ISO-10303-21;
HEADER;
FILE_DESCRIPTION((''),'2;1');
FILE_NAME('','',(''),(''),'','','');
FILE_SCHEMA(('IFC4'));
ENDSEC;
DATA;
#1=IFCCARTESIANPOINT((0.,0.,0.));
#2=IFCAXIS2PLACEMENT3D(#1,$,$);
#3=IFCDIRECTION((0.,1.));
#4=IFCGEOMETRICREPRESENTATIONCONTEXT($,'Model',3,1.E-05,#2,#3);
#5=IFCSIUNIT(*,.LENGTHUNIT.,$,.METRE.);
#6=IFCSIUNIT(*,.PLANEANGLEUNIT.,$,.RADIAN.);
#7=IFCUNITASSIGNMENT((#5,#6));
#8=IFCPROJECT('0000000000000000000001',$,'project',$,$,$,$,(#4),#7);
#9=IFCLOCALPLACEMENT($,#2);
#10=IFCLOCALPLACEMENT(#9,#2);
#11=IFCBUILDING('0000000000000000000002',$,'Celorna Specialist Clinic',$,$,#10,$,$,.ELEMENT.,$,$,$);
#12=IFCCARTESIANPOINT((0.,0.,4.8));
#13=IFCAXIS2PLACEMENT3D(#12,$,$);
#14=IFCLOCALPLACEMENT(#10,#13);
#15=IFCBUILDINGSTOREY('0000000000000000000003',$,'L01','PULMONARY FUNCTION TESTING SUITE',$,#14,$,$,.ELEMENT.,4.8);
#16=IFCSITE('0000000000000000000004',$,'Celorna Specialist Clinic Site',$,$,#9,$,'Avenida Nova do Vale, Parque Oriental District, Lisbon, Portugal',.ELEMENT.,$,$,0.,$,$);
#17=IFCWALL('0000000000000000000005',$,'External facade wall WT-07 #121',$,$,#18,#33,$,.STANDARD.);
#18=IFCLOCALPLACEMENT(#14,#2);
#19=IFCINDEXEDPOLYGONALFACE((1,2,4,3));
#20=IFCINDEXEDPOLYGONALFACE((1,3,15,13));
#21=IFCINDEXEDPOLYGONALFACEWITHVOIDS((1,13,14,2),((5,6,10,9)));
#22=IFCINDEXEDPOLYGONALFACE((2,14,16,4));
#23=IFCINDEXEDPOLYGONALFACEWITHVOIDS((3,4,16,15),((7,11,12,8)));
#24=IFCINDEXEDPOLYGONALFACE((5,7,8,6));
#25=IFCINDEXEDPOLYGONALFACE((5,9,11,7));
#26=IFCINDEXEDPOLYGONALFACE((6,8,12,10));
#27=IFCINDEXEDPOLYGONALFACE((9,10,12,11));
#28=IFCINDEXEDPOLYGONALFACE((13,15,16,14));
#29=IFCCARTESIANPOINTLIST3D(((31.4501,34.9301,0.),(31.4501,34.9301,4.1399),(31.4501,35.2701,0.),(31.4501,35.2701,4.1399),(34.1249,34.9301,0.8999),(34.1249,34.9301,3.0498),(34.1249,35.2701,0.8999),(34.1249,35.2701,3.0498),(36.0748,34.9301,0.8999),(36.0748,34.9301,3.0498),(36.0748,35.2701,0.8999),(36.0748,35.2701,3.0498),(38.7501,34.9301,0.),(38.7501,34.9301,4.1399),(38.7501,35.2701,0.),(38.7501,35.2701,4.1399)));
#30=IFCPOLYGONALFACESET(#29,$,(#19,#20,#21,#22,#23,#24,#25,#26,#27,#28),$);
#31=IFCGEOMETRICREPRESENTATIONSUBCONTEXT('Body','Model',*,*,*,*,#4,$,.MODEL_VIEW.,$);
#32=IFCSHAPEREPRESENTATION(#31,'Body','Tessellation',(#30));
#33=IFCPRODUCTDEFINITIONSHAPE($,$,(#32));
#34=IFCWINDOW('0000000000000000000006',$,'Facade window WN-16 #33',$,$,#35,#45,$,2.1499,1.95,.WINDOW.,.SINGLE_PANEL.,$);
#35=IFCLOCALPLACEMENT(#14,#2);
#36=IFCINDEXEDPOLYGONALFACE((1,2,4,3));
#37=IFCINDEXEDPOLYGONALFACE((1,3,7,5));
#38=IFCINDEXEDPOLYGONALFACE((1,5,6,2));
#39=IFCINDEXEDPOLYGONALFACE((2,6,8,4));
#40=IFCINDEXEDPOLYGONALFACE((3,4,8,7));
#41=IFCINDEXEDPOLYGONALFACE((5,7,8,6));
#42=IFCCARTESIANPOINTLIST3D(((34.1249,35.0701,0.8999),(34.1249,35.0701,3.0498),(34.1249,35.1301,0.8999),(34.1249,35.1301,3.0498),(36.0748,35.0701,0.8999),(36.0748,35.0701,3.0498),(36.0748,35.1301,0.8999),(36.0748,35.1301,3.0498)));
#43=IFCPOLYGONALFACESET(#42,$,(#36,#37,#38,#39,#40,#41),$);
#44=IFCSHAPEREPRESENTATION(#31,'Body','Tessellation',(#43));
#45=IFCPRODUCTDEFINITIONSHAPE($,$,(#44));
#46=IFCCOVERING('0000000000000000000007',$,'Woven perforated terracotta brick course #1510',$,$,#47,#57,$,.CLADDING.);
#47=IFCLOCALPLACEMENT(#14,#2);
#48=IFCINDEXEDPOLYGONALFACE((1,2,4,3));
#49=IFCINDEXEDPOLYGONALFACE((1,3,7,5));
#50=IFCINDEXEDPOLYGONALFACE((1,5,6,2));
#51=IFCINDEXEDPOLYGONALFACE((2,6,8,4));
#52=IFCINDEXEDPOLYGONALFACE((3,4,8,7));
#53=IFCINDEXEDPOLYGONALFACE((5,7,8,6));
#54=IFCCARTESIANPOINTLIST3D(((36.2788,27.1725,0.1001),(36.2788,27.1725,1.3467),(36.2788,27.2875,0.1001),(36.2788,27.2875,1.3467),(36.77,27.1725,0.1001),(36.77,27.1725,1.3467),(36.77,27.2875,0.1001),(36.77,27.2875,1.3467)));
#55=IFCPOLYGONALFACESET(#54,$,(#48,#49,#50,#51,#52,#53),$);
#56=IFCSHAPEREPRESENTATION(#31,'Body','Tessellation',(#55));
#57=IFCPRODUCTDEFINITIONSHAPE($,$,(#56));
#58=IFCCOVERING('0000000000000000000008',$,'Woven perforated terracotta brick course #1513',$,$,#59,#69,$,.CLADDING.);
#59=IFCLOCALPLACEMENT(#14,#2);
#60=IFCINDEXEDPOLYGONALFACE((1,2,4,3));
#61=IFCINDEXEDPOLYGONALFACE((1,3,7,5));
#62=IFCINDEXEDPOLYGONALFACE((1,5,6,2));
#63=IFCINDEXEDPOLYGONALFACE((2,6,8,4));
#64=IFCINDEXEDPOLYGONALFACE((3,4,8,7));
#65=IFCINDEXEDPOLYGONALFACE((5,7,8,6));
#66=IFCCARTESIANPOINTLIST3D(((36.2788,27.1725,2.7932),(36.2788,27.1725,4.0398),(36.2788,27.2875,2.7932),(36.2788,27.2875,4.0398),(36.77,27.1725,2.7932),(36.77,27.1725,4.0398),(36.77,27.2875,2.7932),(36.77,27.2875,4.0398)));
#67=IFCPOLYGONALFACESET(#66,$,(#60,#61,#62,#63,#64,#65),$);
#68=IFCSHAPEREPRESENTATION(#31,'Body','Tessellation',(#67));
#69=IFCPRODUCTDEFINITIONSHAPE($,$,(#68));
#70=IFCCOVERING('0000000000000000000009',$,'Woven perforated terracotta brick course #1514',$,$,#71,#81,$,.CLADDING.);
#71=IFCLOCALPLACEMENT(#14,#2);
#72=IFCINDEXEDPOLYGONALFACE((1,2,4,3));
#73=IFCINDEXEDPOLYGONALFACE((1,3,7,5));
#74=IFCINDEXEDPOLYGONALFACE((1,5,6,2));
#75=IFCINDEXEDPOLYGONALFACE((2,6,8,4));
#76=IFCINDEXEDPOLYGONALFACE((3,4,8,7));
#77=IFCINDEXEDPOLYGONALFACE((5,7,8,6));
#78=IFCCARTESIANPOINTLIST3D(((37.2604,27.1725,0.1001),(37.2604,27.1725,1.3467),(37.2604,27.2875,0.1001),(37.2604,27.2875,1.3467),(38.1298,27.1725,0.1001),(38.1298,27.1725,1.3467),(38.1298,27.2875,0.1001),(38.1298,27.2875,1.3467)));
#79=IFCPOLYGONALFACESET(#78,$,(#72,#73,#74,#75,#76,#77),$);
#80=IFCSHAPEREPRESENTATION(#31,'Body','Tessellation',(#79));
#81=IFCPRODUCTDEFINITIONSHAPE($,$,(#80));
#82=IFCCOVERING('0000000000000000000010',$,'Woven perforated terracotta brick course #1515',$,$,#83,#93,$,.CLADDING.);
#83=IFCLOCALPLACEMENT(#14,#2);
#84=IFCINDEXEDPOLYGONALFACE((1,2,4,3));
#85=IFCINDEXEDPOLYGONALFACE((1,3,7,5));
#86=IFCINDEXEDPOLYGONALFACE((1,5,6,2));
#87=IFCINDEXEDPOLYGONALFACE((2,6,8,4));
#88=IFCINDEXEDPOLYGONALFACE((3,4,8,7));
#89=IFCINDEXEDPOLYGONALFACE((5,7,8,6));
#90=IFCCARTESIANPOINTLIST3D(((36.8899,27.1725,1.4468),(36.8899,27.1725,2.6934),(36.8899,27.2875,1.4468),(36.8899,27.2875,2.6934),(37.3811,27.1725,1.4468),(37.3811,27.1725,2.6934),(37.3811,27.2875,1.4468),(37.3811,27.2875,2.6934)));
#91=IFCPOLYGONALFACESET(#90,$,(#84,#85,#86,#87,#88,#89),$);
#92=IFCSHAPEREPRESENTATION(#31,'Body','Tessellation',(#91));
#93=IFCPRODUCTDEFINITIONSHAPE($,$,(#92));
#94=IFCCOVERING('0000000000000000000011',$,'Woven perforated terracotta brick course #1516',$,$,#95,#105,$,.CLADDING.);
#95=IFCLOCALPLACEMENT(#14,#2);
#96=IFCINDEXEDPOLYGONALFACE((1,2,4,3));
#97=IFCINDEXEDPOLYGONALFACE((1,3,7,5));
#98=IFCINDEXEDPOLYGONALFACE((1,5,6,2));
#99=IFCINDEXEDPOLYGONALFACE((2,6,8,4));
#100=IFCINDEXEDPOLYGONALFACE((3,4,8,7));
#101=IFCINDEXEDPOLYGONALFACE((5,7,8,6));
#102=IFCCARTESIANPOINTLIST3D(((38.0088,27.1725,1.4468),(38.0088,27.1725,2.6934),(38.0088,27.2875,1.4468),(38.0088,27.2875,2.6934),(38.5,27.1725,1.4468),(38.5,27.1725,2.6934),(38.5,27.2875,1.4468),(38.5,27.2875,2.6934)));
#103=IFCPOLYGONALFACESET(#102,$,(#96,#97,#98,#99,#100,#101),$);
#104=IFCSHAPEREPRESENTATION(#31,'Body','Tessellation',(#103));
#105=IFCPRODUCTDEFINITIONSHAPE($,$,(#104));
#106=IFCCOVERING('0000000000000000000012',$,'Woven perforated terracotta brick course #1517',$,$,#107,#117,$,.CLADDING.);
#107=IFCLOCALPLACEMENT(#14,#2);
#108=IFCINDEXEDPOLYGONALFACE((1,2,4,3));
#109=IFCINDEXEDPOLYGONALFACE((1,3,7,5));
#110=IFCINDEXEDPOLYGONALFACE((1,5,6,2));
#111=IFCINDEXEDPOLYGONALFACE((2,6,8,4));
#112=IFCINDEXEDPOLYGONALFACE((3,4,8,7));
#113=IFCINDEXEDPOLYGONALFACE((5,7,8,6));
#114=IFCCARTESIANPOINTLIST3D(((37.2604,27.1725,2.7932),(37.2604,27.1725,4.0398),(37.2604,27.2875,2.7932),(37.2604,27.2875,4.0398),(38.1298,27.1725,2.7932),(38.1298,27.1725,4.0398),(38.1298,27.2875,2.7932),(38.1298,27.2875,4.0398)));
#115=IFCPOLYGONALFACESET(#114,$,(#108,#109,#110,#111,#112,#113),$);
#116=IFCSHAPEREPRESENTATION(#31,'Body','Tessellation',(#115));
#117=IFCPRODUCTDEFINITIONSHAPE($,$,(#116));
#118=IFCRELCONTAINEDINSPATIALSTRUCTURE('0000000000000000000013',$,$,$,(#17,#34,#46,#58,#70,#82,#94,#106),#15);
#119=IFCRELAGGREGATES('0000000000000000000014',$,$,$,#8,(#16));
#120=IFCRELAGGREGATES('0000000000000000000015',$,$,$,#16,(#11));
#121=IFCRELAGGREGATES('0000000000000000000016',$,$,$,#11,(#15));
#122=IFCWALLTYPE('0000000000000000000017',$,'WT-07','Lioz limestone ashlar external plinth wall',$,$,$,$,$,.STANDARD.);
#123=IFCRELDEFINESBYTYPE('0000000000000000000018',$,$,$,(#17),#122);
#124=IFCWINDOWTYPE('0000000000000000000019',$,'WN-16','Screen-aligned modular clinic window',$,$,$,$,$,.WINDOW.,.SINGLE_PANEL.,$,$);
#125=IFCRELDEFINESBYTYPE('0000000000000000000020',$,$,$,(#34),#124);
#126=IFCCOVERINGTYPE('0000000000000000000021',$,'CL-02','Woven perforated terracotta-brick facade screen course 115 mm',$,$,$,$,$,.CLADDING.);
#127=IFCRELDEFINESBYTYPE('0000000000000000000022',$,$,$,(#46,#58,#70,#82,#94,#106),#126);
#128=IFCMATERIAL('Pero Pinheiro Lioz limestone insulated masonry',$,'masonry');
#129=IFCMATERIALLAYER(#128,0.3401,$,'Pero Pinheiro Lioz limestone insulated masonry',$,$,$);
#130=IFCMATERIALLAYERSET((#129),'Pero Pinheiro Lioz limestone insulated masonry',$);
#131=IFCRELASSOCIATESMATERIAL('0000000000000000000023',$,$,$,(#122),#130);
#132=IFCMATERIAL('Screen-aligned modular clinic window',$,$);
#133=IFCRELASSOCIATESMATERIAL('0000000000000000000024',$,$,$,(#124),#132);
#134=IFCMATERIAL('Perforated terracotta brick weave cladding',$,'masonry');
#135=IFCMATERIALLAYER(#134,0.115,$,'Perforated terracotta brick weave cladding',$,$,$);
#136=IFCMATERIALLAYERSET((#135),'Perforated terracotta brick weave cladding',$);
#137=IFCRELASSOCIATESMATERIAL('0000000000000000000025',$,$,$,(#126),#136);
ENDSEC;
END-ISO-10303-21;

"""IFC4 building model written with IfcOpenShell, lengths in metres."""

from ifc_helpers import new_model, si_unit, direction, frame, frame_2d, origin, origin_2d, place, context, subcontext, project, spatial, rectangle, extrude, material, layer, layer_set, type_object, element, fill, save


model = new_model("IFC4")

# Units and contexts
model_context = context("Model", 3, precision=1e-05, world=origin(), true_north=direction((0.0, 1.0)))
body_context = subcontext(model_context, "Body", "Model", "MODEL_VIEW")
ifc_project = project(units=[si_unit("LENGTHUNIT", "METRE"), si_unit("PLANEANGLEUNIT", "RADIAN")], contexts=[model_context])

# Site, building, storey
site_placement = place(None, origin())
site = spatial("IfcSite", under=ifc_project, at=site_placement, Name="Celorna Specialist Clinic Site", LongName="Avenida Nova do Vale, Parque Oriental District, Lisbon, Portugal", CompositionType="ELEMENT", RefElevation=0.0)
building_placement = place(site_placement, origin())
building = spatial("IfcBuilding", under=site, at=building_placement, Name="Celorna Specialist Clinic", CompositionType="ELEMENT")
storey_placement = place(building_placement, frame((0.0, 0.0, 4.8)))
storey = spatial("IfcBuildingStorey", under=building, at=storey_placement, Name="L01", Description="PULMONARY FUNCTION TESTING SUITE", CompositionType="ELEMENT", Elevation=4.8)

# Wall, opening, window
ifc_material_1 = material(Name="Pero Pinheiro Lioz limestone insulated masonry", Category="masonry")
ifc_layer_1 = layer(ifc_material_1, 0.3401, Name="Pero Pinheiro Lioz limestone insulated masonry")
ifc_layer_set_1 = layer_set([ifc_layer_1], Name="Pero Pinheiro Lioz limestone insulated masonry")
wall_type = type_object("IfcWallType", Name="WT-07", Description="Lioz limestone ashlar external plinth wall", PredefinedType="STANDARD", material=ifc_layer_set_1)
wall_placement = place(storey_placement, frame((38.75, 35.1001, 0.0), z_axis=(0.0, 0.0, 1.0), x_axis=(-1.0, 0.0, 0.0)))
wall = element("IfcWall", 1, at=wall_placement, inside=storey, type_object=wall_type, Name="External facade wall WT-07 #121", PredefinedType="STANDARD", context=body_context, shape_type="SweptSolid", body=[
    extrude(rectangle(XDim=7.3, YDim=0.3401, at=frame_2d((3.6499, 0.0))), origin(), (0.0, 0.0, 1.0), 4.1399),
])
opening_placement = place(wall_placement, frame((2.675, 0.0, 0.8999)))
opening = element("IfcOpeningElement", 2, at=opening_placement, cuts=wall, PredefinedType="OPENING", context=body_context, shape_type="SweptSolid", body=[
    extrude(rectangle(XDim=1.95, YDim=2.1499, at=frame_2d((0.9751, 1.075))), frame((0.0, 0.1799, 0.0), z_axis=(0.0, -1.0, 0.0), x_axis=(1.0, 0.0, 0.0)), (0.0, 0.0, 1.0), 0.3601),
])
ifc_material_2 = material(Name="Screen-aligned modular clinic window")
window_type = type_object("IfcWindowType", Name="WN-16", Description="Screen-aligned modular clinic window", PartitioningType="SINGLE_PANEL", PredefinedType="WINDOW", material=ifc_material_2)
window_placement = place(opening_placement, origin())
window = element("IfcWindow", 3, at=window_placement, inside=storey, type_object=window_type, Name="Facade window WN-16 #33", OverallHeight=2.1499, OverallWidth=1.95, PartitioningType="SINGLE_PANEL", PredefinedType="WINDOW", context=body_context, shape_type="SweptSolid", body=[
    extrude(rectangle(XDim=1.95, YDim=2.1499, at=frame_2d((0.9751, 1.075))), frame((0.0, 0.03, 0.0), z_axis=(0.0, -1.0, 0.0), x_axis=(1.0, 0.0, 0.0)), (0.0, 0.0, 1.0), 0.0601),
])
fill(opening, window)

# Coverings
ifc_material_3 = material(Name="Perforated terracotta brick weave cladding", Category="masonry")
ifc_layer_2 = layer(ifc_material_3, 0.115, Name="Perforated terracotta brick weave cladding")
ifc_layer_set_2 = layer_set([ifc_layer_2], Name="Perforated terracotta brick weave cladding")
covering_type = type_object("IfcCoveringType", Name="CL-02", Description="Woven perforated terracotta-brick facade screen course 115 mm", PredefinedType="CLADDING", material=ifc_layer_set_2)
for number, where, z_axis, x_axis, name in (
    (4, (36.5244, 27.23, 0.1001), (0.0, 0.0, 1.0), (1.0, 0.0, 0.0), "Woven perforated terracotta brick course #1510"),
    (5, (36.5244, 27.23, 2.7932), (0.0, 0.0, 1.0), (1.0, 0.0, 0.0), "Woven perforated terracotta brick course #1513"),
):
    element("IfcCovering", number, at=place(storey_placement, frame(where, z_axis=z_axis, x_axis=x_axis)), inside=storey, type_object=covering_type, Name=name, PredefinedType="CLADDING", context=body_context, shape_type="SweptSolid", body=[
        extrude(rectangle(XDim=0.4912, YDim=0.115, at=origin_2d()), origin(), (0.0, 0.0, 1.0), 1.2466),
    ])
covering_1_placement = place(storey_placement, frame((37.6951, 27.23, 0.1001), z_axis=(0.0, 0.0, 1.0), x_axis=(1.0, 0.0, 0.0)))
element("IfcCovering", 6, at=covering_1_placement, inside=storey, type_object=covering_type, Name="Woven perforated terracotta brick course #1514", PredefinedType="CLADDING", context=body_context, shape_type="SweptSolid", body=[
    extrude(rectangle(XDim=0.8694, YDim=0.115, at=origin_2d()), origin(), (0.0, 0.0, 1.0), 1.2466),
])
for number, where, z_axis, x_axis, name in (
    (7, (37.1355, 27.23, 1.4468), (0.0, 0.0, 1.0), (1.0, 0.0, 0.0), "Woven perforated terracotta brick course #1515"),
    (8, (38.2544, 27.23, 1.4468), (0.0, 0.0, 1.0), (1.0, 0.0, 0.0), "Woven perforated terracotta brick course #1516"),
):
    element("IfcCovering", number, at=place(storey_placement, frame(where, z_axis=z_axis, x_axis=x_axis)), inside=storey, type_object=covering_type, Name=name, PredefinedType="CLADDING", context=body_context, shape_type="SweptSolid", body=[
        extrude(rectangle(XDim=0.4912, YDim=0.115, at=origin_2d()), origin(), (0.0, 0.0, 1.0), 1.2466),
    ])
covering_2_placement = place(storey_placement, frame((37.6951, 27.23, 2.7932), z_axis=(0.0, 0.0, 1.0), x_axis=(1.0, 0.0, 0.0)))
element("IfcCovering", 9, at=covering_2_placement, inside=storey, type_object=covering_type, Name="Woven perforated terracotta brick course #1517", PredefinedType="CLADDING", context=body_context, shape_type="SweptSolid", body=[
    extrude(rectangle(XDim=0.8694, YDim=0.115, at=origin_2d()), origin(), (0.0, 0.0, 1.0), 1.2466),
])

save(model, "model.ifc")
